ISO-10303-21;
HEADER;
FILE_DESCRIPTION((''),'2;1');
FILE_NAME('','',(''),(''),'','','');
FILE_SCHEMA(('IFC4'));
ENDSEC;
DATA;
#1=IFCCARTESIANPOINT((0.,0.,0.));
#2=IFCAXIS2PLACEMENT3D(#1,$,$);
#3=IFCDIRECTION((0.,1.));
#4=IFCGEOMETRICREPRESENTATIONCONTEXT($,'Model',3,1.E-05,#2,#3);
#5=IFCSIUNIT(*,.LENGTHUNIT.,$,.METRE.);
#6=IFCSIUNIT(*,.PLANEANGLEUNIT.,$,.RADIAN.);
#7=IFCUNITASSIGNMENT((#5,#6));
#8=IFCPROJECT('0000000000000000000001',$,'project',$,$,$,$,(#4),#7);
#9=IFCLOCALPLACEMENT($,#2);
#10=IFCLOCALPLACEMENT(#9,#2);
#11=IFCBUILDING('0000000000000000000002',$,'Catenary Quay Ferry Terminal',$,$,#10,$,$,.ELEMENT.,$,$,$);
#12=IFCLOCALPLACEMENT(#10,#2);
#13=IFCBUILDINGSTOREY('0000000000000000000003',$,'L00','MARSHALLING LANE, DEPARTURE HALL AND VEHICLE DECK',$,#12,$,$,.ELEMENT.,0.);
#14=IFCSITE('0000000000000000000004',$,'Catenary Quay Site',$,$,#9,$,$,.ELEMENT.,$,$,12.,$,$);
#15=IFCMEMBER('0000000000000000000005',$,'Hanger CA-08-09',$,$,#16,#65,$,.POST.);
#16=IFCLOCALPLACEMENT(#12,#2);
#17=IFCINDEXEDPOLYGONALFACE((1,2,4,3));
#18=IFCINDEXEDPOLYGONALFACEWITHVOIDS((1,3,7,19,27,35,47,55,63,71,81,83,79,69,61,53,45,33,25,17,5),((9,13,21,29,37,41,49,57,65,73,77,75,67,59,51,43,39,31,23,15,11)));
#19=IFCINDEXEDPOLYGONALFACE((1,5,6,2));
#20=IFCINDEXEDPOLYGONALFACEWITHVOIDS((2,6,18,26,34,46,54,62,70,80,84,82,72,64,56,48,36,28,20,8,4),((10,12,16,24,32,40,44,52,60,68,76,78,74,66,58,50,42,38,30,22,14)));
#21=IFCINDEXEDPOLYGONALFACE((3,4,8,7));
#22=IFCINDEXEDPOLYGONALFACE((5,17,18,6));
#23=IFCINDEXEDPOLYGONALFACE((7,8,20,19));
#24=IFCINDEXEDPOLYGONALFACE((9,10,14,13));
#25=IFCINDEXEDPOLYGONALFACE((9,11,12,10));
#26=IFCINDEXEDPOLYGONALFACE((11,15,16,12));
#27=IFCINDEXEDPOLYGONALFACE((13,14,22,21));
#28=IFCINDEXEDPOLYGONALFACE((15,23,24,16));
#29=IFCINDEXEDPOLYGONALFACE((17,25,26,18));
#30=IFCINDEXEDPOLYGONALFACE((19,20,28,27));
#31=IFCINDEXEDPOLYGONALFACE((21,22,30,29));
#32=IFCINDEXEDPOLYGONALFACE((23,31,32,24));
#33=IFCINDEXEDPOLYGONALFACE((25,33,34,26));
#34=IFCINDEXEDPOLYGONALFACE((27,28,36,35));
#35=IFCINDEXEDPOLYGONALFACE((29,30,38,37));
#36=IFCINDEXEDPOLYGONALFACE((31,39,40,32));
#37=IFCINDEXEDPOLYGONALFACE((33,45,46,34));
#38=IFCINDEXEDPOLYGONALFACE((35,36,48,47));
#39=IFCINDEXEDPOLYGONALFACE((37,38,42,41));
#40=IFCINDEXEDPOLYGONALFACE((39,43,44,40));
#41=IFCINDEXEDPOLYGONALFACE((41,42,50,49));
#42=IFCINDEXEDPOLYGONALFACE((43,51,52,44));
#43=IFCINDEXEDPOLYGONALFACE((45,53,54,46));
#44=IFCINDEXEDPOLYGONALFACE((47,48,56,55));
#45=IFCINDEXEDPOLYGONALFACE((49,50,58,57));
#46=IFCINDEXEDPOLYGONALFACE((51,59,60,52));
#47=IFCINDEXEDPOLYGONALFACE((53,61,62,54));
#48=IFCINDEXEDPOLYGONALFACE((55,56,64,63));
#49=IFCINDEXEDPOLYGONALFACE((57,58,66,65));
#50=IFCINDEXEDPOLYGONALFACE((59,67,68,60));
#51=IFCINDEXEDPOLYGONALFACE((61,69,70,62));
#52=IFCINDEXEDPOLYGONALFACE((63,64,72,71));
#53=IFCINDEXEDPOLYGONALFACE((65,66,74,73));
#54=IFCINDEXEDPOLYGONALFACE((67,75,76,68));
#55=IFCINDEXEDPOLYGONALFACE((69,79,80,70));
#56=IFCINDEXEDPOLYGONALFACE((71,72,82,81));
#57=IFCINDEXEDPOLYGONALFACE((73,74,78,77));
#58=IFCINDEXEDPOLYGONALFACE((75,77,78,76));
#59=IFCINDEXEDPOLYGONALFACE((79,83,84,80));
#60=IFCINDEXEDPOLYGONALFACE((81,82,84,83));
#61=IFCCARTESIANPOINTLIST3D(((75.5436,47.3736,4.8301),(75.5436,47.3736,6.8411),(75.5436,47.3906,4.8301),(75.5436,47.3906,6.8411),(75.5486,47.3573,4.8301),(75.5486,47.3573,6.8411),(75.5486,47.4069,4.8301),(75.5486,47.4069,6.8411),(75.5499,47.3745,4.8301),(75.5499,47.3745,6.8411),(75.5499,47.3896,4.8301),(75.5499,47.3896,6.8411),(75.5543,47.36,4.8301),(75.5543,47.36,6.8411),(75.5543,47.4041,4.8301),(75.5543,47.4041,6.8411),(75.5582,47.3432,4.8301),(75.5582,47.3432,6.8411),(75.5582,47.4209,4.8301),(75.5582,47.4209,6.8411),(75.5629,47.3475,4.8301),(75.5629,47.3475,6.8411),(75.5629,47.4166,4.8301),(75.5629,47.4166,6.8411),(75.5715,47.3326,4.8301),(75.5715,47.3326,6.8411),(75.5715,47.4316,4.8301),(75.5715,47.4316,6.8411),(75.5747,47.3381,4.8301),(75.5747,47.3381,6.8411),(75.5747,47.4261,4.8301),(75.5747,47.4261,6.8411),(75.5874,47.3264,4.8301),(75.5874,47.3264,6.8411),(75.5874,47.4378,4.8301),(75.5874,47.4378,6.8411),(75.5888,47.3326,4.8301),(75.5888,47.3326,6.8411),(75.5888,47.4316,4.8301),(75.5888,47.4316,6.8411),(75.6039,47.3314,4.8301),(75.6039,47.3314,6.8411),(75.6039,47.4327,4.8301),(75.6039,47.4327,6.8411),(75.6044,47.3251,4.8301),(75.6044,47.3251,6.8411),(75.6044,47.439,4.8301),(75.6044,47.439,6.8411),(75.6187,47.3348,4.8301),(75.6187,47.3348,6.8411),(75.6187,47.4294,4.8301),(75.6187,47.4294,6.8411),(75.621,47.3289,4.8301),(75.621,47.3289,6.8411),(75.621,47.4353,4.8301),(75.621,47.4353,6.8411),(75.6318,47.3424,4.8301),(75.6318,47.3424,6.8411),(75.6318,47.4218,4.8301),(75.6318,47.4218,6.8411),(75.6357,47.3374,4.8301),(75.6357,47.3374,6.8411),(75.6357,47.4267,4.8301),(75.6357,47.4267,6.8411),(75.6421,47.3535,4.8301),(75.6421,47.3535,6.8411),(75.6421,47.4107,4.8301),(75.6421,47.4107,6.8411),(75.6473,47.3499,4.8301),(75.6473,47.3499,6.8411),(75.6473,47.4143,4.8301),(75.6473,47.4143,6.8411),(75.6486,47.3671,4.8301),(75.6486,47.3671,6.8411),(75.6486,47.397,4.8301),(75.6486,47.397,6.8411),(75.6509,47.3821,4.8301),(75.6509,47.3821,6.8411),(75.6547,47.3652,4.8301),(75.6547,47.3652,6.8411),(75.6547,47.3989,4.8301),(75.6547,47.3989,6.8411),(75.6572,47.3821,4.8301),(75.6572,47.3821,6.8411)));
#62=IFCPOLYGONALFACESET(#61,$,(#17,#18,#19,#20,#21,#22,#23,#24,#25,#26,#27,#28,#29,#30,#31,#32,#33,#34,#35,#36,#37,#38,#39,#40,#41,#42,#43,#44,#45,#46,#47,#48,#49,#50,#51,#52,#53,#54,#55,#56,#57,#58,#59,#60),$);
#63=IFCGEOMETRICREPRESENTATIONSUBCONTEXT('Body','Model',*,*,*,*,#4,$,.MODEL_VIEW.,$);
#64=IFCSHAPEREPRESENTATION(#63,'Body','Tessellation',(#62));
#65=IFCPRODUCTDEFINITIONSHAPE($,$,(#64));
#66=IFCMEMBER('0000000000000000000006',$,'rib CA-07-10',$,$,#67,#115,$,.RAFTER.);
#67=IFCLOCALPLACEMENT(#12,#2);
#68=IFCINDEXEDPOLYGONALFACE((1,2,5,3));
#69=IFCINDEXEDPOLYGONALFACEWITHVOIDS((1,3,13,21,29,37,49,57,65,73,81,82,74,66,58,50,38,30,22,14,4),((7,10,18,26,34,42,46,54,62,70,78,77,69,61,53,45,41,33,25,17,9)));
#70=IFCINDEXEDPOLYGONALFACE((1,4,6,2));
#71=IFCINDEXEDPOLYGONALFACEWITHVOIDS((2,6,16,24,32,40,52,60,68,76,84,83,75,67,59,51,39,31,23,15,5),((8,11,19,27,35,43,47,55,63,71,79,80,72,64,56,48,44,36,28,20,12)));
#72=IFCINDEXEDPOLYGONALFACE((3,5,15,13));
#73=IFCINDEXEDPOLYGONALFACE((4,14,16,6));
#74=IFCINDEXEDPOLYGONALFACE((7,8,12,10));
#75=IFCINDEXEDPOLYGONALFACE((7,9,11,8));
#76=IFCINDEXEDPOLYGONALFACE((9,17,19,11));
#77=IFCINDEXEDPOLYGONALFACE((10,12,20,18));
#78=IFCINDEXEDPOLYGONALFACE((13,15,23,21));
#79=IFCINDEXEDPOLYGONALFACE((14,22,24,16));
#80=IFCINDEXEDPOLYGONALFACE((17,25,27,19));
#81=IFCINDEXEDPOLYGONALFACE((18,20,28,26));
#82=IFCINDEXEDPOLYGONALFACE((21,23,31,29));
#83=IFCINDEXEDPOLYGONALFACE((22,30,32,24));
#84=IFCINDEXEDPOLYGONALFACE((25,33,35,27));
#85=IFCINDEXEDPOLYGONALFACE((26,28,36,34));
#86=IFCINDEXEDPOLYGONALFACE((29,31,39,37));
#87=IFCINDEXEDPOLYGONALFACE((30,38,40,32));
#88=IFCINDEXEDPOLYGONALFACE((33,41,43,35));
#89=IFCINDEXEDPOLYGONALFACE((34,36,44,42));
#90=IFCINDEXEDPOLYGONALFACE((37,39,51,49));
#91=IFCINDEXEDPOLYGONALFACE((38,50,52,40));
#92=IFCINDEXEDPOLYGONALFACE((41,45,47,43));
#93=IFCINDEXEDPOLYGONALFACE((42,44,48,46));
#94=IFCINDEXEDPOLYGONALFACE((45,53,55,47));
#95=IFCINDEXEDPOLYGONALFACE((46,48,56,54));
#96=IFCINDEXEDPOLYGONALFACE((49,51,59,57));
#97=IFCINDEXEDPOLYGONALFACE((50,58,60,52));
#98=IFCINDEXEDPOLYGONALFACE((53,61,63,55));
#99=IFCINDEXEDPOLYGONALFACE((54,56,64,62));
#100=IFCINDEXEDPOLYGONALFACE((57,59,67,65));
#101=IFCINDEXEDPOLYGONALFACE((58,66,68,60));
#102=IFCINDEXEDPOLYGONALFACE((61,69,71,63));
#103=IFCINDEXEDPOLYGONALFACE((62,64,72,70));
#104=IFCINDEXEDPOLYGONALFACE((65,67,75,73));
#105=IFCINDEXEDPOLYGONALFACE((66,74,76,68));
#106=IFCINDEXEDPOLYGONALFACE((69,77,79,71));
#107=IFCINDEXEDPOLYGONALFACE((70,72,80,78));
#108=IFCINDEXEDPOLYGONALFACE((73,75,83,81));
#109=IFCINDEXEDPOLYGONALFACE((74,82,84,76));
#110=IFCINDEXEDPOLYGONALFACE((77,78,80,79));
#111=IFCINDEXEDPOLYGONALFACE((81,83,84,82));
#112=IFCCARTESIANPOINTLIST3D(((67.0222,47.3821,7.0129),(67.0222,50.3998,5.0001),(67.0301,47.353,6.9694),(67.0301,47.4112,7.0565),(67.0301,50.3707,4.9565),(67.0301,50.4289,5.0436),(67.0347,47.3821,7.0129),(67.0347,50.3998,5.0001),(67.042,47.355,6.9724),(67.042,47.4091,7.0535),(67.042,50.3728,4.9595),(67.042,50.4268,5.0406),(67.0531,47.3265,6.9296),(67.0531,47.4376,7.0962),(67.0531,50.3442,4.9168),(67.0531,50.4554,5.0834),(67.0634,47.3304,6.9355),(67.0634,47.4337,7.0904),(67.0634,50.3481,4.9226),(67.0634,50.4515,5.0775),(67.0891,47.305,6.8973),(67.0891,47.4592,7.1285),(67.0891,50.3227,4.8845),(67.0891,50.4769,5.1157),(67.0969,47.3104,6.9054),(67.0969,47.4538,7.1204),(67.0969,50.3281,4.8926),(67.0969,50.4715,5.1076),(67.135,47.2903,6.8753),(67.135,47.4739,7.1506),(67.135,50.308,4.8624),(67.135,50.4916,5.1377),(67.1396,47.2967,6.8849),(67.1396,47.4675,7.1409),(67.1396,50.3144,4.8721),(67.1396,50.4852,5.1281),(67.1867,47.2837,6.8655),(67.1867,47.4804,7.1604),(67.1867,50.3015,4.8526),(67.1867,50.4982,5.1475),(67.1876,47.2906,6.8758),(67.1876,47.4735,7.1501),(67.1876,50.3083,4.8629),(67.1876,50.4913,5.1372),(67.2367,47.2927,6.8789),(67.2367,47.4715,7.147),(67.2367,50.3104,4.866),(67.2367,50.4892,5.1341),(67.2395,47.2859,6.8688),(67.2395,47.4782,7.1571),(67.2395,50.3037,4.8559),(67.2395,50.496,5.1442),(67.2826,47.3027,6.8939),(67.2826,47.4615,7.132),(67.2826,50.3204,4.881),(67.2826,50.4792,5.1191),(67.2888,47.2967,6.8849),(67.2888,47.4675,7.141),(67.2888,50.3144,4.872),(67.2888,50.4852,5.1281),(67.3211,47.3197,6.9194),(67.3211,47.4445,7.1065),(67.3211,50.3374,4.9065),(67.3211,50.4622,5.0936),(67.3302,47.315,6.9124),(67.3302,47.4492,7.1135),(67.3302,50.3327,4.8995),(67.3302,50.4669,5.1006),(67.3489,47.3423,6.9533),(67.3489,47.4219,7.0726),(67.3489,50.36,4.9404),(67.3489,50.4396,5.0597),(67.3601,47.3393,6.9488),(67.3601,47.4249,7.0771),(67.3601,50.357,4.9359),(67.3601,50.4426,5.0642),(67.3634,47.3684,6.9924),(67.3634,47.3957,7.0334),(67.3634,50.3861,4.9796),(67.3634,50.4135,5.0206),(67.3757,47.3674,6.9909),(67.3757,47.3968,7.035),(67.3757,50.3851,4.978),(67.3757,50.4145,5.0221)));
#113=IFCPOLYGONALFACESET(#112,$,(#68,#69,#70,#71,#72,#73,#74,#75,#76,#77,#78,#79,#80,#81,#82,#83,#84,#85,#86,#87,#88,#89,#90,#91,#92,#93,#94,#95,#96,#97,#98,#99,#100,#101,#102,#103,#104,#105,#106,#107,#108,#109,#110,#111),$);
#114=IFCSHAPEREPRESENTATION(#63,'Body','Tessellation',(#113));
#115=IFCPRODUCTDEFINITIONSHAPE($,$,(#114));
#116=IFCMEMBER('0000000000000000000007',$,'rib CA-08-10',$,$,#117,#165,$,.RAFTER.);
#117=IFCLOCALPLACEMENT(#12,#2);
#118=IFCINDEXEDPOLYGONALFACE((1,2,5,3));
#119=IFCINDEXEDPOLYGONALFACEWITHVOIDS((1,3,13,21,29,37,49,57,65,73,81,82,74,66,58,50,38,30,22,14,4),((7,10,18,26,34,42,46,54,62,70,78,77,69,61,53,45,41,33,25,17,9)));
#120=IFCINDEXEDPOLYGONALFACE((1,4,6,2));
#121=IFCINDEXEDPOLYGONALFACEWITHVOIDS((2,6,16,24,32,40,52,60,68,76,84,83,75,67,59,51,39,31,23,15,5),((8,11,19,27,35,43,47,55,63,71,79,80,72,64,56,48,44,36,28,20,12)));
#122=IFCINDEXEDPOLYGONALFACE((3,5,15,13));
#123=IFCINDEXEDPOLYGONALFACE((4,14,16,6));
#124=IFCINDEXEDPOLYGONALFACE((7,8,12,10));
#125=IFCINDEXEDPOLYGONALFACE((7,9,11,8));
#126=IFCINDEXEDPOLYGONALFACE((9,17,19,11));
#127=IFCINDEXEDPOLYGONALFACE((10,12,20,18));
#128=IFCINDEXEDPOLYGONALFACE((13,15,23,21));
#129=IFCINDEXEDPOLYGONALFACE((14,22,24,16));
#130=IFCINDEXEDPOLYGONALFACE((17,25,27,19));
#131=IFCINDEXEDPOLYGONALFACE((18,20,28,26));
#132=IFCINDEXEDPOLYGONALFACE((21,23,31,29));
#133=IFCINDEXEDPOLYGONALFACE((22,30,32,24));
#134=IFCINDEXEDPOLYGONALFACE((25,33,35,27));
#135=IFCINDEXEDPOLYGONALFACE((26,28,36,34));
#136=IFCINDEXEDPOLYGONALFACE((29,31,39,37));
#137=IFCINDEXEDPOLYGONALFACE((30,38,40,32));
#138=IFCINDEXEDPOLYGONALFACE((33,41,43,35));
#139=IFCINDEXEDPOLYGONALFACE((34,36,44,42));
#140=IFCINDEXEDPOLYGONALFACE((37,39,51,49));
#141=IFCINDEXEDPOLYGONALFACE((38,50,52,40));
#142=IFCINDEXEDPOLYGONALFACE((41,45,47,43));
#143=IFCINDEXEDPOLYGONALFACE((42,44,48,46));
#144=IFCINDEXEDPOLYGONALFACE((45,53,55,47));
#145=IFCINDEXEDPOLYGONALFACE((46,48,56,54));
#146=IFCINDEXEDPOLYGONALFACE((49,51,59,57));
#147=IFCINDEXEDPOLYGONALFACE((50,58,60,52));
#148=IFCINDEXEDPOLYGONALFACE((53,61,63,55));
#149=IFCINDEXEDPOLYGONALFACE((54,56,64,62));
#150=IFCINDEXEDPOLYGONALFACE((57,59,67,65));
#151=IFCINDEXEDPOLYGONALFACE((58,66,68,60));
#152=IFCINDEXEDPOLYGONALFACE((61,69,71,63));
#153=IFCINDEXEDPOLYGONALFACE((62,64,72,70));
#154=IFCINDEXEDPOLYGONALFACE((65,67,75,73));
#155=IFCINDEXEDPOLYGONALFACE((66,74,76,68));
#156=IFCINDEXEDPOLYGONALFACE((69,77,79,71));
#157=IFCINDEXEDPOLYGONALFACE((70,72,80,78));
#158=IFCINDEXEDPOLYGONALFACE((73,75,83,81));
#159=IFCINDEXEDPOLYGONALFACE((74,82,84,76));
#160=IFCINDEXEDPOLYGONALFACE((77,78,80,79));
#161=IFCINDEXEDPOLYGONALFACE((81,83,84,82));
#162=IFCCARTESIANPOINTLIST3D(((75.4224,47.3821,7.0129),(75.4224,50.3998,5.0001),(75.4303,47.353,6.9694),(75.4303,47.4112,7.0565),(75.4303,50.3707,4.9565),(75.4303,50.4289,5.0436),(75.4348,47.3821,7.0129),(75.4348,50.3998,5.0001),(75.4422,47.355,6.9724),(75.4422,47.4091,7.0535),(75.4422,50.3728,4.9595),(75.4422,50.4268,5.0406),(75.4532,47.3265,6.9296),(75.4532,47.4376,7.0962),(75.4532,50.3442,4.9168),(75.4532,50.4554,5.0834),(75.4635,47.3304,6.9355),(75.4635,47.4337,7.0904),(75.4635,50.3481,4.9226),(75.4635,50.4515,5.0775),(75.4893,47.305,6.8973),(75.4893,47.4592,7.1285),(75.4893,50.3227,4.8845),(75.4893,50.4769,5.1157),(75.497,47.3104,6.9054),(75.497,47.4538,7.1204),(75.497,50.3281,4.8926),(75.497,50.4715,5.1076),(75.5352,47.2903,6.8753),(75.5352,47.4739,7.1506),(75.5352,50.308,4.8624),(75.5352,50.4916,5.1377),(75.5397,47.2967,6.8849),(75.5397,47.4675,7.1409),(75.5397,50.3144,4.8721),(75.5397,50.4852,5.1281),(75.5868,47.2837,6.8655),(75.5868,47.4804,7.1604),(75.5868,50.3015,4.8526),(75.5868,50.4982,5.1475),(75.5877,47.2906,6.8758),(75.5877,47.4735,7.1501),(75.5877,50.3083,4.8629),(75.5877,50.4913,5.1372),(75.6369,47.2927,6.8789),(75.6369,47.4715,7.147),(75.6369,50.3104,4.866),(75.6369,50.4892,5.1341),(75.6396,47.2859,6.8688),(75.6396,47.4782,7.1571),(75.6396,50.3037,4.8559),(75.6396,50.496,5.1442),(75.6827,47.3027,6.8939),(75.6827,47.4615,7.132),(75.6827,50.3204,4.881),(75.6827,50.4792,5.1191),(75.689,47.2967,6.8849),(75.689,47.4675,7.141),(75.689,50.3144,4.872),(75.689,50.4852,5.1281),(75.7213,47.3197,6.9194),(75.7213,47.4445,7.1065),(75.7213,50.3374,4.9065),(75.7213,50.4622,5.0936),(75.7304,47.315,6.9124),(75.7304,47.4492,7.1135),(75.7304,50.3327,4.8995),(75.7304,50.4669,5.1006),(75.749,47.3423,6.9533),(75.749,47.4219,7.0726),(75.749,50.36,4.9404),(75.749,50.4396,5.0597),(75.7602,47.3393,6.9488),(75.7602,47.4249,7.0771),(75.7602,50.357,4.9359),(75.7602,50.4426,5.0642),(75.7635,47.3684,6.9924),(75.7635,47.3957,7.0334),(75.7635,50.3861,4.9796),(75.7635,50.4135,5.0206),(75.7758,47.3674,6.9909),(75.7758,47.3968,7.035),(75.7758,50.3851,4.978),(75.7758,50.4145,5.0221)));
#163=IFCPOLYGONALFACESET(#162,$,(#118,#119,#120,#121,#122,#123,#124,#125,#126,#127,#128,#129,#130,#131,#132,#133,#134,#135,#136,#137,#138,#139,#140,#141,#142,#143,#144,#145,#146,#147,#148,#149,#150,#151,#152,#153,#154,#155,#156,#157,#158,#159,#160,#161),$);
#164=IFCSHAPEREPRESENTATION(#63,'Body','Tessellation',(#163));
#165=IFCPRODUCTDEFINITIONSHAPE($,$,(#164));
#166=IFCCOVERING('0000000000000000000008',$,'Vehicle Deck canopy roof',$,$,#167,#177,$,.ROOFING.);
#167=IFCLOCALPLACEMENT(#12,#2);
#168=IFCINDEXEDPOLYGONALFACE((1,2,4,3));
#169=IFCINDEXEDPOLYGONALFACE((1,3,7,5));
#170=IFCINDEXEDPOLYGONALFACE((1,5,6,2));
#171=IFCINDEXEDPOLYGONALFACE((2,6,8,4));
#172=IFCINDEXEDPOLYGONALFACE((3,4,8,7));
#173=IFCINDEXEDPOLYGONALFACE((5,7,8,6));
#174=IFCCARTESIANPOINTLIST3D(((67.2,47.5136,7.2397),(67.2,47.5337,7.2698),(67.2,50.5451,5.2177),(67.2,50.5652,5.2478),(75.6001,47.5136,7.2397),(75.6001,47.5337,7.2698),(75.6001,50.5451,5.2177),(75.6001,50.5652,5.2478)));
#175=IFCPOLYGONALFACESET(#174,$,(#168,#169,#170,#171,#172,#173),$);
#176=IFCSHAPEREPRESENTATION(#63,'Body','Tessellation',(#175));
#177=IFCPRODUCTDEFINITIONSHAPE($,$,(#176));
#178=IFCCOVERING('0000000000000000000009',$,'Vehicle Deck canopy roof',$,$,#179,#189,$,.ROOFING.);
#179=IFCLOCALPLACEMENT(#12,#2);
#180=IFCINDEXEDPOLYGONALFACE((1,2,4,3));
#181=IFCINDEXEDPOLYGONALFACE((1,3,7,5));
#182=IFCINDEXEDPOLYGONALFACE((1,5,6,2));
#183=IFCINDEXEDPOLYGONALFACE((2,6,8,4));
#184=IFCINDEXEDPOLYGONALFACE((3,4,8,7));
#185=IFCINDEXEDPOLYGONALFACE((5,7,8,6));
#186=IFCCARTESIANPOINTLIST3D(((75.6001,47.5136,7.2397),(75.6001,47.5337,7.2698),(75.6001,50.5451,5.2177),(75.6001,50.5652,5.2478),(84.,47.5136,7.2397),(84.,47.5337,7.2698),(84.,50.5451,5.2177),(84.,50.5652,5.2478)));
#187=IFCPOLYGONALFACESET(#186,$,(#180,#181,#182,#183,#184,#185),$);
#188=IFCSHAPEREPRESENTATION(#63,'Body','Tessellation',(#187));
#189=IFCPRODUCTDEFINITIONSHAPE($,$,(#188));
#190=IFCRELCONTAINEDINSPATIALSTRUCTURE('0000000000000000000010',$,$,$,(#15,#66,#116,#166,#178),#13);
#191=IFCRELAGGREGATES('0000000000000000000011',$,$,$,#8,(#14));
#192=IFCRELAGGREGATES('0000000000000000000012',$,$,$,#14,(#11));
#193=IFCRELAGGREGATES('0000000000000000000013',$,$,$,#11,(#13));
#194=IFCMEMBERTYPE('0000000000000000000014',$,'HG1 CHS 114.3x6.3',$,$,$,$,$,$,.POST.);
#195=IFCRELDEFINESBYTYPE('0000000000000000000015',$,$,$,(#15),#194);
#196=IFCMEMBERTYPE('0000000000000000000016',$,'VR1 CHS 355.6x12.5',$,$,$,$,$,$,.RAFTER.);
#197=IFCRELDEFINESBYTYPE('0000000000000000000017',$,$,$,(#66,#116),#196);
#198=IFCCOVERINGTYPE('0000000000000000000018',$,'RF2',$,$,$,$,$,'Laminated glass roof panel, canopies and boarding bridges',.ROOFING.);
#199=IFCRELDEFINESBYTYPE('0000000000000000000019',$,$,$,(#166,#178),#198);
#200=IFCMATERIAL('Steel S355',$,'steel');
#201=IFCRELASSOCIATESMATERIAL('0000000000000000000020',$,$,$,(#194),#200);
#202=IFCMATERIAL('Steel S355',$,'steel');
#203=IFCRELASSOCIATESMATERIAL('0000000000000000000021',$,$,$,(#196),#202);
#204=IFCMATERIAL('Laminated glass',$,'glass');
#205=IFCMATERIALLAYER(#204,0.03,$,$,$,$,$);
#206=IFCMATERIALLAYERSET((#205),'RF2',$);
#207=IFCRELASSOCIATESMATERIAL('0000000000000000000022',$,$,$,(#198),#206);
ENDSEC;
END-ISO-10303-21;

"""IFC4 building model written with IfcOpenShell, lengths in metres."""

from ifc_helpers import new_model, si_unit, direction, frame, origin, origin_2d, place, context, subcontext, project, spatial, polyline, hollow_circle, outline, extrude, material, layer, layer_set, material_profile, profile_set, type_object, element, save


model = new_model("IFC4")

# Units and contexts
model_context = context("Model", 3, precision=1e-05, world=origin(), true_north=direction((0.0, 1.0)))
body_context = subcontext(model_context, "Body", "Model", "MODEL_VIEW")
ifc_project = project(units=[si_unit("LENGTHUNIT", "METRE"), si_unit("PLANEANGLEUNIT", "RADIAN")], contexts=[model_context])

# Site, building, storey
site_placement = place(None, origin())
site = spatial("IfcSite", under=ifc_project, at=site_placement, Name="Catenary Quay Site", CompositionType="ELEMENT", RefElevation=12.0)
building_placement = place(site_placement, origin())
building = spatial("IfcBuilding", under=site, at=building_placement, Name="Catenary Quay Ferry Terminal", CompositionType="ELEMENT")
storey_placement = place(building_placement, origin())
storey = spatial("IfcBuildingStorey", under=building, at=storey_placement, Name="L00", Description="MARSHALLING LANE, DEPARTURE HALL AND VEHICLE DECK", CompositionType="ELEMENT", Elevation=0.0)

# Members
ifc_material_1 = material(Name="Steel S355", Category="steel")
ifc_material_profile_1 = material_profile(ifc_material_1, hollow_circle(Radius=0.0571, WallThickness=0.0063, at=origin_2d()), Name="CHS 114.3x6.3")
ifc_profile_set_1 = profile_set([ifc_material_profile_1], Name="Steel S355")
member_type_1 = type_object("IfcMemberType", Name="HG1 CHS 114.3x6.3", PredefinedType="POST", material=ifc_profile_set_1)
member_1_placement = place(storey_placement, frame((75.6001, 47.3821, 4.8301), z_axis=(0.0, 0.0, 1.0), x_axis=(1.0, 0.0, 0.0)))
element("IfcMember", 1, at=member_1_placement, inside=storey, type_object=member_type_1, Name="Hanger CA-08-09", PredefinedType="POST", context=body_context, shape_type="SweptSolid", body=[
    extrude(hollow_circle(Radius=0.0571, WallThickness=0.0063, at=origin_2d()), origin(), (0.0, 0.0, 1.0), 2.011),
])
ifc_material_2 = material(Name="Steel S355", Category="steel")
ifc_material_profile_2 = material_profile(ifc_material_2, hollow_circle(Radius=0.1777, WallThickness=0.0125, at=origin_2d()), Name="CHS 355.6x12.5")
ifc_profile_set_2 = profile_set([ifc_material_profile_2], Name="Steel S355")
member_type_2 = type_object("IfcMemberType", Name="VR1 CHS 355.6x12.5", PredefinedType="RAFTER", material=ifc_profile_set_2)
for number, where, z_axis, x_axis, name in (
    (2, (67.2, 47.3821, 7.0129), (0.0, 0.831916, -0.554902), (-1.0, 0.0, 0.0), "rib CA-07-10"),
    (3, (75.6001, 47.3821, 7.0129), (0.0, 0.831916, -0.554902), (-1.0, 0.0, 0.0), "rib CA-08-10"),
):
    element("IfcMember", number, at=place(storey_placement, frame(where, z_axis=z_axis, x_axis=x_axis)), inside=storey, type_object=member_type_2, Name=name, PredefinedType="RAFTER", context=body_context, shape_type="SweptSolid", body=[
        extrude(hollow_circle(Radius=0.1777, WallThickness=0.0125, at=origin_2d()), origin(), (0.0, 0.0, 1.0), 3.6274),
    ])

# Coverings
ifc_material_3 = material(Name="Laminated glass", Category="glass")
ifc_layer = layer(ifc_material_3, 0.03)
ifc_layer_set = layer_set([ifc_layer], Name="RF2")
covering_type = type_object("IfcCoveringType", Name="RF2", ElementType="Laminated glass roof panel, canopies and boarding bridges", PredefinedType="ROOFING", material=ifc_layer_set)
covering_1_placement = place(storey_placement, frame((67.2, 47.5337, 7.2698), z_axis=(0.0, 0.554886, 0.831927), x_axis=(1.0, 0.0, 0.0)))
element("IfcCovering", 4, at=covering_1_placement, inside=storey, type_object=covering_type, Name="Vehicle Deck canopy roof", PredefinedType="ROOFING", context=body_context, shape_type="SweptSolid", body=[
    extrude(outline(polyline([(0.0, 0.0), (8.4001, 0.0), (8.4001, 3.6439), (0.0, 3.6439), (0.0, 0.0)])), origin(), (0.0, 0.0, -1.0), 0.0361),
])
covering_2_placement = place(storey_placement, frame((75.6001, 47.5337, 7.2698), z_axis=(0.0, 0.554886, 0.831927), x_axis=(1.0, 0.0, 0.0)))
element("IfcCovering", 5, at=covering_2_placement, inside=storey, type_object=covering_type, Name="Vehicle Deck canopy roof", PredefinedType="ROOFING", context=body_context, shape_type="SweptSolid", body=[
    extrude(outline(polyline([(0.0, 0.0), (8.3999, 0.0), (8.3999, 3.6439), (0.0, 3.6439), (0.0, 0.0)])), origin(), (0.0, 0.0, -1.0), 0.0361),
])

save(model, "model.ifc")
